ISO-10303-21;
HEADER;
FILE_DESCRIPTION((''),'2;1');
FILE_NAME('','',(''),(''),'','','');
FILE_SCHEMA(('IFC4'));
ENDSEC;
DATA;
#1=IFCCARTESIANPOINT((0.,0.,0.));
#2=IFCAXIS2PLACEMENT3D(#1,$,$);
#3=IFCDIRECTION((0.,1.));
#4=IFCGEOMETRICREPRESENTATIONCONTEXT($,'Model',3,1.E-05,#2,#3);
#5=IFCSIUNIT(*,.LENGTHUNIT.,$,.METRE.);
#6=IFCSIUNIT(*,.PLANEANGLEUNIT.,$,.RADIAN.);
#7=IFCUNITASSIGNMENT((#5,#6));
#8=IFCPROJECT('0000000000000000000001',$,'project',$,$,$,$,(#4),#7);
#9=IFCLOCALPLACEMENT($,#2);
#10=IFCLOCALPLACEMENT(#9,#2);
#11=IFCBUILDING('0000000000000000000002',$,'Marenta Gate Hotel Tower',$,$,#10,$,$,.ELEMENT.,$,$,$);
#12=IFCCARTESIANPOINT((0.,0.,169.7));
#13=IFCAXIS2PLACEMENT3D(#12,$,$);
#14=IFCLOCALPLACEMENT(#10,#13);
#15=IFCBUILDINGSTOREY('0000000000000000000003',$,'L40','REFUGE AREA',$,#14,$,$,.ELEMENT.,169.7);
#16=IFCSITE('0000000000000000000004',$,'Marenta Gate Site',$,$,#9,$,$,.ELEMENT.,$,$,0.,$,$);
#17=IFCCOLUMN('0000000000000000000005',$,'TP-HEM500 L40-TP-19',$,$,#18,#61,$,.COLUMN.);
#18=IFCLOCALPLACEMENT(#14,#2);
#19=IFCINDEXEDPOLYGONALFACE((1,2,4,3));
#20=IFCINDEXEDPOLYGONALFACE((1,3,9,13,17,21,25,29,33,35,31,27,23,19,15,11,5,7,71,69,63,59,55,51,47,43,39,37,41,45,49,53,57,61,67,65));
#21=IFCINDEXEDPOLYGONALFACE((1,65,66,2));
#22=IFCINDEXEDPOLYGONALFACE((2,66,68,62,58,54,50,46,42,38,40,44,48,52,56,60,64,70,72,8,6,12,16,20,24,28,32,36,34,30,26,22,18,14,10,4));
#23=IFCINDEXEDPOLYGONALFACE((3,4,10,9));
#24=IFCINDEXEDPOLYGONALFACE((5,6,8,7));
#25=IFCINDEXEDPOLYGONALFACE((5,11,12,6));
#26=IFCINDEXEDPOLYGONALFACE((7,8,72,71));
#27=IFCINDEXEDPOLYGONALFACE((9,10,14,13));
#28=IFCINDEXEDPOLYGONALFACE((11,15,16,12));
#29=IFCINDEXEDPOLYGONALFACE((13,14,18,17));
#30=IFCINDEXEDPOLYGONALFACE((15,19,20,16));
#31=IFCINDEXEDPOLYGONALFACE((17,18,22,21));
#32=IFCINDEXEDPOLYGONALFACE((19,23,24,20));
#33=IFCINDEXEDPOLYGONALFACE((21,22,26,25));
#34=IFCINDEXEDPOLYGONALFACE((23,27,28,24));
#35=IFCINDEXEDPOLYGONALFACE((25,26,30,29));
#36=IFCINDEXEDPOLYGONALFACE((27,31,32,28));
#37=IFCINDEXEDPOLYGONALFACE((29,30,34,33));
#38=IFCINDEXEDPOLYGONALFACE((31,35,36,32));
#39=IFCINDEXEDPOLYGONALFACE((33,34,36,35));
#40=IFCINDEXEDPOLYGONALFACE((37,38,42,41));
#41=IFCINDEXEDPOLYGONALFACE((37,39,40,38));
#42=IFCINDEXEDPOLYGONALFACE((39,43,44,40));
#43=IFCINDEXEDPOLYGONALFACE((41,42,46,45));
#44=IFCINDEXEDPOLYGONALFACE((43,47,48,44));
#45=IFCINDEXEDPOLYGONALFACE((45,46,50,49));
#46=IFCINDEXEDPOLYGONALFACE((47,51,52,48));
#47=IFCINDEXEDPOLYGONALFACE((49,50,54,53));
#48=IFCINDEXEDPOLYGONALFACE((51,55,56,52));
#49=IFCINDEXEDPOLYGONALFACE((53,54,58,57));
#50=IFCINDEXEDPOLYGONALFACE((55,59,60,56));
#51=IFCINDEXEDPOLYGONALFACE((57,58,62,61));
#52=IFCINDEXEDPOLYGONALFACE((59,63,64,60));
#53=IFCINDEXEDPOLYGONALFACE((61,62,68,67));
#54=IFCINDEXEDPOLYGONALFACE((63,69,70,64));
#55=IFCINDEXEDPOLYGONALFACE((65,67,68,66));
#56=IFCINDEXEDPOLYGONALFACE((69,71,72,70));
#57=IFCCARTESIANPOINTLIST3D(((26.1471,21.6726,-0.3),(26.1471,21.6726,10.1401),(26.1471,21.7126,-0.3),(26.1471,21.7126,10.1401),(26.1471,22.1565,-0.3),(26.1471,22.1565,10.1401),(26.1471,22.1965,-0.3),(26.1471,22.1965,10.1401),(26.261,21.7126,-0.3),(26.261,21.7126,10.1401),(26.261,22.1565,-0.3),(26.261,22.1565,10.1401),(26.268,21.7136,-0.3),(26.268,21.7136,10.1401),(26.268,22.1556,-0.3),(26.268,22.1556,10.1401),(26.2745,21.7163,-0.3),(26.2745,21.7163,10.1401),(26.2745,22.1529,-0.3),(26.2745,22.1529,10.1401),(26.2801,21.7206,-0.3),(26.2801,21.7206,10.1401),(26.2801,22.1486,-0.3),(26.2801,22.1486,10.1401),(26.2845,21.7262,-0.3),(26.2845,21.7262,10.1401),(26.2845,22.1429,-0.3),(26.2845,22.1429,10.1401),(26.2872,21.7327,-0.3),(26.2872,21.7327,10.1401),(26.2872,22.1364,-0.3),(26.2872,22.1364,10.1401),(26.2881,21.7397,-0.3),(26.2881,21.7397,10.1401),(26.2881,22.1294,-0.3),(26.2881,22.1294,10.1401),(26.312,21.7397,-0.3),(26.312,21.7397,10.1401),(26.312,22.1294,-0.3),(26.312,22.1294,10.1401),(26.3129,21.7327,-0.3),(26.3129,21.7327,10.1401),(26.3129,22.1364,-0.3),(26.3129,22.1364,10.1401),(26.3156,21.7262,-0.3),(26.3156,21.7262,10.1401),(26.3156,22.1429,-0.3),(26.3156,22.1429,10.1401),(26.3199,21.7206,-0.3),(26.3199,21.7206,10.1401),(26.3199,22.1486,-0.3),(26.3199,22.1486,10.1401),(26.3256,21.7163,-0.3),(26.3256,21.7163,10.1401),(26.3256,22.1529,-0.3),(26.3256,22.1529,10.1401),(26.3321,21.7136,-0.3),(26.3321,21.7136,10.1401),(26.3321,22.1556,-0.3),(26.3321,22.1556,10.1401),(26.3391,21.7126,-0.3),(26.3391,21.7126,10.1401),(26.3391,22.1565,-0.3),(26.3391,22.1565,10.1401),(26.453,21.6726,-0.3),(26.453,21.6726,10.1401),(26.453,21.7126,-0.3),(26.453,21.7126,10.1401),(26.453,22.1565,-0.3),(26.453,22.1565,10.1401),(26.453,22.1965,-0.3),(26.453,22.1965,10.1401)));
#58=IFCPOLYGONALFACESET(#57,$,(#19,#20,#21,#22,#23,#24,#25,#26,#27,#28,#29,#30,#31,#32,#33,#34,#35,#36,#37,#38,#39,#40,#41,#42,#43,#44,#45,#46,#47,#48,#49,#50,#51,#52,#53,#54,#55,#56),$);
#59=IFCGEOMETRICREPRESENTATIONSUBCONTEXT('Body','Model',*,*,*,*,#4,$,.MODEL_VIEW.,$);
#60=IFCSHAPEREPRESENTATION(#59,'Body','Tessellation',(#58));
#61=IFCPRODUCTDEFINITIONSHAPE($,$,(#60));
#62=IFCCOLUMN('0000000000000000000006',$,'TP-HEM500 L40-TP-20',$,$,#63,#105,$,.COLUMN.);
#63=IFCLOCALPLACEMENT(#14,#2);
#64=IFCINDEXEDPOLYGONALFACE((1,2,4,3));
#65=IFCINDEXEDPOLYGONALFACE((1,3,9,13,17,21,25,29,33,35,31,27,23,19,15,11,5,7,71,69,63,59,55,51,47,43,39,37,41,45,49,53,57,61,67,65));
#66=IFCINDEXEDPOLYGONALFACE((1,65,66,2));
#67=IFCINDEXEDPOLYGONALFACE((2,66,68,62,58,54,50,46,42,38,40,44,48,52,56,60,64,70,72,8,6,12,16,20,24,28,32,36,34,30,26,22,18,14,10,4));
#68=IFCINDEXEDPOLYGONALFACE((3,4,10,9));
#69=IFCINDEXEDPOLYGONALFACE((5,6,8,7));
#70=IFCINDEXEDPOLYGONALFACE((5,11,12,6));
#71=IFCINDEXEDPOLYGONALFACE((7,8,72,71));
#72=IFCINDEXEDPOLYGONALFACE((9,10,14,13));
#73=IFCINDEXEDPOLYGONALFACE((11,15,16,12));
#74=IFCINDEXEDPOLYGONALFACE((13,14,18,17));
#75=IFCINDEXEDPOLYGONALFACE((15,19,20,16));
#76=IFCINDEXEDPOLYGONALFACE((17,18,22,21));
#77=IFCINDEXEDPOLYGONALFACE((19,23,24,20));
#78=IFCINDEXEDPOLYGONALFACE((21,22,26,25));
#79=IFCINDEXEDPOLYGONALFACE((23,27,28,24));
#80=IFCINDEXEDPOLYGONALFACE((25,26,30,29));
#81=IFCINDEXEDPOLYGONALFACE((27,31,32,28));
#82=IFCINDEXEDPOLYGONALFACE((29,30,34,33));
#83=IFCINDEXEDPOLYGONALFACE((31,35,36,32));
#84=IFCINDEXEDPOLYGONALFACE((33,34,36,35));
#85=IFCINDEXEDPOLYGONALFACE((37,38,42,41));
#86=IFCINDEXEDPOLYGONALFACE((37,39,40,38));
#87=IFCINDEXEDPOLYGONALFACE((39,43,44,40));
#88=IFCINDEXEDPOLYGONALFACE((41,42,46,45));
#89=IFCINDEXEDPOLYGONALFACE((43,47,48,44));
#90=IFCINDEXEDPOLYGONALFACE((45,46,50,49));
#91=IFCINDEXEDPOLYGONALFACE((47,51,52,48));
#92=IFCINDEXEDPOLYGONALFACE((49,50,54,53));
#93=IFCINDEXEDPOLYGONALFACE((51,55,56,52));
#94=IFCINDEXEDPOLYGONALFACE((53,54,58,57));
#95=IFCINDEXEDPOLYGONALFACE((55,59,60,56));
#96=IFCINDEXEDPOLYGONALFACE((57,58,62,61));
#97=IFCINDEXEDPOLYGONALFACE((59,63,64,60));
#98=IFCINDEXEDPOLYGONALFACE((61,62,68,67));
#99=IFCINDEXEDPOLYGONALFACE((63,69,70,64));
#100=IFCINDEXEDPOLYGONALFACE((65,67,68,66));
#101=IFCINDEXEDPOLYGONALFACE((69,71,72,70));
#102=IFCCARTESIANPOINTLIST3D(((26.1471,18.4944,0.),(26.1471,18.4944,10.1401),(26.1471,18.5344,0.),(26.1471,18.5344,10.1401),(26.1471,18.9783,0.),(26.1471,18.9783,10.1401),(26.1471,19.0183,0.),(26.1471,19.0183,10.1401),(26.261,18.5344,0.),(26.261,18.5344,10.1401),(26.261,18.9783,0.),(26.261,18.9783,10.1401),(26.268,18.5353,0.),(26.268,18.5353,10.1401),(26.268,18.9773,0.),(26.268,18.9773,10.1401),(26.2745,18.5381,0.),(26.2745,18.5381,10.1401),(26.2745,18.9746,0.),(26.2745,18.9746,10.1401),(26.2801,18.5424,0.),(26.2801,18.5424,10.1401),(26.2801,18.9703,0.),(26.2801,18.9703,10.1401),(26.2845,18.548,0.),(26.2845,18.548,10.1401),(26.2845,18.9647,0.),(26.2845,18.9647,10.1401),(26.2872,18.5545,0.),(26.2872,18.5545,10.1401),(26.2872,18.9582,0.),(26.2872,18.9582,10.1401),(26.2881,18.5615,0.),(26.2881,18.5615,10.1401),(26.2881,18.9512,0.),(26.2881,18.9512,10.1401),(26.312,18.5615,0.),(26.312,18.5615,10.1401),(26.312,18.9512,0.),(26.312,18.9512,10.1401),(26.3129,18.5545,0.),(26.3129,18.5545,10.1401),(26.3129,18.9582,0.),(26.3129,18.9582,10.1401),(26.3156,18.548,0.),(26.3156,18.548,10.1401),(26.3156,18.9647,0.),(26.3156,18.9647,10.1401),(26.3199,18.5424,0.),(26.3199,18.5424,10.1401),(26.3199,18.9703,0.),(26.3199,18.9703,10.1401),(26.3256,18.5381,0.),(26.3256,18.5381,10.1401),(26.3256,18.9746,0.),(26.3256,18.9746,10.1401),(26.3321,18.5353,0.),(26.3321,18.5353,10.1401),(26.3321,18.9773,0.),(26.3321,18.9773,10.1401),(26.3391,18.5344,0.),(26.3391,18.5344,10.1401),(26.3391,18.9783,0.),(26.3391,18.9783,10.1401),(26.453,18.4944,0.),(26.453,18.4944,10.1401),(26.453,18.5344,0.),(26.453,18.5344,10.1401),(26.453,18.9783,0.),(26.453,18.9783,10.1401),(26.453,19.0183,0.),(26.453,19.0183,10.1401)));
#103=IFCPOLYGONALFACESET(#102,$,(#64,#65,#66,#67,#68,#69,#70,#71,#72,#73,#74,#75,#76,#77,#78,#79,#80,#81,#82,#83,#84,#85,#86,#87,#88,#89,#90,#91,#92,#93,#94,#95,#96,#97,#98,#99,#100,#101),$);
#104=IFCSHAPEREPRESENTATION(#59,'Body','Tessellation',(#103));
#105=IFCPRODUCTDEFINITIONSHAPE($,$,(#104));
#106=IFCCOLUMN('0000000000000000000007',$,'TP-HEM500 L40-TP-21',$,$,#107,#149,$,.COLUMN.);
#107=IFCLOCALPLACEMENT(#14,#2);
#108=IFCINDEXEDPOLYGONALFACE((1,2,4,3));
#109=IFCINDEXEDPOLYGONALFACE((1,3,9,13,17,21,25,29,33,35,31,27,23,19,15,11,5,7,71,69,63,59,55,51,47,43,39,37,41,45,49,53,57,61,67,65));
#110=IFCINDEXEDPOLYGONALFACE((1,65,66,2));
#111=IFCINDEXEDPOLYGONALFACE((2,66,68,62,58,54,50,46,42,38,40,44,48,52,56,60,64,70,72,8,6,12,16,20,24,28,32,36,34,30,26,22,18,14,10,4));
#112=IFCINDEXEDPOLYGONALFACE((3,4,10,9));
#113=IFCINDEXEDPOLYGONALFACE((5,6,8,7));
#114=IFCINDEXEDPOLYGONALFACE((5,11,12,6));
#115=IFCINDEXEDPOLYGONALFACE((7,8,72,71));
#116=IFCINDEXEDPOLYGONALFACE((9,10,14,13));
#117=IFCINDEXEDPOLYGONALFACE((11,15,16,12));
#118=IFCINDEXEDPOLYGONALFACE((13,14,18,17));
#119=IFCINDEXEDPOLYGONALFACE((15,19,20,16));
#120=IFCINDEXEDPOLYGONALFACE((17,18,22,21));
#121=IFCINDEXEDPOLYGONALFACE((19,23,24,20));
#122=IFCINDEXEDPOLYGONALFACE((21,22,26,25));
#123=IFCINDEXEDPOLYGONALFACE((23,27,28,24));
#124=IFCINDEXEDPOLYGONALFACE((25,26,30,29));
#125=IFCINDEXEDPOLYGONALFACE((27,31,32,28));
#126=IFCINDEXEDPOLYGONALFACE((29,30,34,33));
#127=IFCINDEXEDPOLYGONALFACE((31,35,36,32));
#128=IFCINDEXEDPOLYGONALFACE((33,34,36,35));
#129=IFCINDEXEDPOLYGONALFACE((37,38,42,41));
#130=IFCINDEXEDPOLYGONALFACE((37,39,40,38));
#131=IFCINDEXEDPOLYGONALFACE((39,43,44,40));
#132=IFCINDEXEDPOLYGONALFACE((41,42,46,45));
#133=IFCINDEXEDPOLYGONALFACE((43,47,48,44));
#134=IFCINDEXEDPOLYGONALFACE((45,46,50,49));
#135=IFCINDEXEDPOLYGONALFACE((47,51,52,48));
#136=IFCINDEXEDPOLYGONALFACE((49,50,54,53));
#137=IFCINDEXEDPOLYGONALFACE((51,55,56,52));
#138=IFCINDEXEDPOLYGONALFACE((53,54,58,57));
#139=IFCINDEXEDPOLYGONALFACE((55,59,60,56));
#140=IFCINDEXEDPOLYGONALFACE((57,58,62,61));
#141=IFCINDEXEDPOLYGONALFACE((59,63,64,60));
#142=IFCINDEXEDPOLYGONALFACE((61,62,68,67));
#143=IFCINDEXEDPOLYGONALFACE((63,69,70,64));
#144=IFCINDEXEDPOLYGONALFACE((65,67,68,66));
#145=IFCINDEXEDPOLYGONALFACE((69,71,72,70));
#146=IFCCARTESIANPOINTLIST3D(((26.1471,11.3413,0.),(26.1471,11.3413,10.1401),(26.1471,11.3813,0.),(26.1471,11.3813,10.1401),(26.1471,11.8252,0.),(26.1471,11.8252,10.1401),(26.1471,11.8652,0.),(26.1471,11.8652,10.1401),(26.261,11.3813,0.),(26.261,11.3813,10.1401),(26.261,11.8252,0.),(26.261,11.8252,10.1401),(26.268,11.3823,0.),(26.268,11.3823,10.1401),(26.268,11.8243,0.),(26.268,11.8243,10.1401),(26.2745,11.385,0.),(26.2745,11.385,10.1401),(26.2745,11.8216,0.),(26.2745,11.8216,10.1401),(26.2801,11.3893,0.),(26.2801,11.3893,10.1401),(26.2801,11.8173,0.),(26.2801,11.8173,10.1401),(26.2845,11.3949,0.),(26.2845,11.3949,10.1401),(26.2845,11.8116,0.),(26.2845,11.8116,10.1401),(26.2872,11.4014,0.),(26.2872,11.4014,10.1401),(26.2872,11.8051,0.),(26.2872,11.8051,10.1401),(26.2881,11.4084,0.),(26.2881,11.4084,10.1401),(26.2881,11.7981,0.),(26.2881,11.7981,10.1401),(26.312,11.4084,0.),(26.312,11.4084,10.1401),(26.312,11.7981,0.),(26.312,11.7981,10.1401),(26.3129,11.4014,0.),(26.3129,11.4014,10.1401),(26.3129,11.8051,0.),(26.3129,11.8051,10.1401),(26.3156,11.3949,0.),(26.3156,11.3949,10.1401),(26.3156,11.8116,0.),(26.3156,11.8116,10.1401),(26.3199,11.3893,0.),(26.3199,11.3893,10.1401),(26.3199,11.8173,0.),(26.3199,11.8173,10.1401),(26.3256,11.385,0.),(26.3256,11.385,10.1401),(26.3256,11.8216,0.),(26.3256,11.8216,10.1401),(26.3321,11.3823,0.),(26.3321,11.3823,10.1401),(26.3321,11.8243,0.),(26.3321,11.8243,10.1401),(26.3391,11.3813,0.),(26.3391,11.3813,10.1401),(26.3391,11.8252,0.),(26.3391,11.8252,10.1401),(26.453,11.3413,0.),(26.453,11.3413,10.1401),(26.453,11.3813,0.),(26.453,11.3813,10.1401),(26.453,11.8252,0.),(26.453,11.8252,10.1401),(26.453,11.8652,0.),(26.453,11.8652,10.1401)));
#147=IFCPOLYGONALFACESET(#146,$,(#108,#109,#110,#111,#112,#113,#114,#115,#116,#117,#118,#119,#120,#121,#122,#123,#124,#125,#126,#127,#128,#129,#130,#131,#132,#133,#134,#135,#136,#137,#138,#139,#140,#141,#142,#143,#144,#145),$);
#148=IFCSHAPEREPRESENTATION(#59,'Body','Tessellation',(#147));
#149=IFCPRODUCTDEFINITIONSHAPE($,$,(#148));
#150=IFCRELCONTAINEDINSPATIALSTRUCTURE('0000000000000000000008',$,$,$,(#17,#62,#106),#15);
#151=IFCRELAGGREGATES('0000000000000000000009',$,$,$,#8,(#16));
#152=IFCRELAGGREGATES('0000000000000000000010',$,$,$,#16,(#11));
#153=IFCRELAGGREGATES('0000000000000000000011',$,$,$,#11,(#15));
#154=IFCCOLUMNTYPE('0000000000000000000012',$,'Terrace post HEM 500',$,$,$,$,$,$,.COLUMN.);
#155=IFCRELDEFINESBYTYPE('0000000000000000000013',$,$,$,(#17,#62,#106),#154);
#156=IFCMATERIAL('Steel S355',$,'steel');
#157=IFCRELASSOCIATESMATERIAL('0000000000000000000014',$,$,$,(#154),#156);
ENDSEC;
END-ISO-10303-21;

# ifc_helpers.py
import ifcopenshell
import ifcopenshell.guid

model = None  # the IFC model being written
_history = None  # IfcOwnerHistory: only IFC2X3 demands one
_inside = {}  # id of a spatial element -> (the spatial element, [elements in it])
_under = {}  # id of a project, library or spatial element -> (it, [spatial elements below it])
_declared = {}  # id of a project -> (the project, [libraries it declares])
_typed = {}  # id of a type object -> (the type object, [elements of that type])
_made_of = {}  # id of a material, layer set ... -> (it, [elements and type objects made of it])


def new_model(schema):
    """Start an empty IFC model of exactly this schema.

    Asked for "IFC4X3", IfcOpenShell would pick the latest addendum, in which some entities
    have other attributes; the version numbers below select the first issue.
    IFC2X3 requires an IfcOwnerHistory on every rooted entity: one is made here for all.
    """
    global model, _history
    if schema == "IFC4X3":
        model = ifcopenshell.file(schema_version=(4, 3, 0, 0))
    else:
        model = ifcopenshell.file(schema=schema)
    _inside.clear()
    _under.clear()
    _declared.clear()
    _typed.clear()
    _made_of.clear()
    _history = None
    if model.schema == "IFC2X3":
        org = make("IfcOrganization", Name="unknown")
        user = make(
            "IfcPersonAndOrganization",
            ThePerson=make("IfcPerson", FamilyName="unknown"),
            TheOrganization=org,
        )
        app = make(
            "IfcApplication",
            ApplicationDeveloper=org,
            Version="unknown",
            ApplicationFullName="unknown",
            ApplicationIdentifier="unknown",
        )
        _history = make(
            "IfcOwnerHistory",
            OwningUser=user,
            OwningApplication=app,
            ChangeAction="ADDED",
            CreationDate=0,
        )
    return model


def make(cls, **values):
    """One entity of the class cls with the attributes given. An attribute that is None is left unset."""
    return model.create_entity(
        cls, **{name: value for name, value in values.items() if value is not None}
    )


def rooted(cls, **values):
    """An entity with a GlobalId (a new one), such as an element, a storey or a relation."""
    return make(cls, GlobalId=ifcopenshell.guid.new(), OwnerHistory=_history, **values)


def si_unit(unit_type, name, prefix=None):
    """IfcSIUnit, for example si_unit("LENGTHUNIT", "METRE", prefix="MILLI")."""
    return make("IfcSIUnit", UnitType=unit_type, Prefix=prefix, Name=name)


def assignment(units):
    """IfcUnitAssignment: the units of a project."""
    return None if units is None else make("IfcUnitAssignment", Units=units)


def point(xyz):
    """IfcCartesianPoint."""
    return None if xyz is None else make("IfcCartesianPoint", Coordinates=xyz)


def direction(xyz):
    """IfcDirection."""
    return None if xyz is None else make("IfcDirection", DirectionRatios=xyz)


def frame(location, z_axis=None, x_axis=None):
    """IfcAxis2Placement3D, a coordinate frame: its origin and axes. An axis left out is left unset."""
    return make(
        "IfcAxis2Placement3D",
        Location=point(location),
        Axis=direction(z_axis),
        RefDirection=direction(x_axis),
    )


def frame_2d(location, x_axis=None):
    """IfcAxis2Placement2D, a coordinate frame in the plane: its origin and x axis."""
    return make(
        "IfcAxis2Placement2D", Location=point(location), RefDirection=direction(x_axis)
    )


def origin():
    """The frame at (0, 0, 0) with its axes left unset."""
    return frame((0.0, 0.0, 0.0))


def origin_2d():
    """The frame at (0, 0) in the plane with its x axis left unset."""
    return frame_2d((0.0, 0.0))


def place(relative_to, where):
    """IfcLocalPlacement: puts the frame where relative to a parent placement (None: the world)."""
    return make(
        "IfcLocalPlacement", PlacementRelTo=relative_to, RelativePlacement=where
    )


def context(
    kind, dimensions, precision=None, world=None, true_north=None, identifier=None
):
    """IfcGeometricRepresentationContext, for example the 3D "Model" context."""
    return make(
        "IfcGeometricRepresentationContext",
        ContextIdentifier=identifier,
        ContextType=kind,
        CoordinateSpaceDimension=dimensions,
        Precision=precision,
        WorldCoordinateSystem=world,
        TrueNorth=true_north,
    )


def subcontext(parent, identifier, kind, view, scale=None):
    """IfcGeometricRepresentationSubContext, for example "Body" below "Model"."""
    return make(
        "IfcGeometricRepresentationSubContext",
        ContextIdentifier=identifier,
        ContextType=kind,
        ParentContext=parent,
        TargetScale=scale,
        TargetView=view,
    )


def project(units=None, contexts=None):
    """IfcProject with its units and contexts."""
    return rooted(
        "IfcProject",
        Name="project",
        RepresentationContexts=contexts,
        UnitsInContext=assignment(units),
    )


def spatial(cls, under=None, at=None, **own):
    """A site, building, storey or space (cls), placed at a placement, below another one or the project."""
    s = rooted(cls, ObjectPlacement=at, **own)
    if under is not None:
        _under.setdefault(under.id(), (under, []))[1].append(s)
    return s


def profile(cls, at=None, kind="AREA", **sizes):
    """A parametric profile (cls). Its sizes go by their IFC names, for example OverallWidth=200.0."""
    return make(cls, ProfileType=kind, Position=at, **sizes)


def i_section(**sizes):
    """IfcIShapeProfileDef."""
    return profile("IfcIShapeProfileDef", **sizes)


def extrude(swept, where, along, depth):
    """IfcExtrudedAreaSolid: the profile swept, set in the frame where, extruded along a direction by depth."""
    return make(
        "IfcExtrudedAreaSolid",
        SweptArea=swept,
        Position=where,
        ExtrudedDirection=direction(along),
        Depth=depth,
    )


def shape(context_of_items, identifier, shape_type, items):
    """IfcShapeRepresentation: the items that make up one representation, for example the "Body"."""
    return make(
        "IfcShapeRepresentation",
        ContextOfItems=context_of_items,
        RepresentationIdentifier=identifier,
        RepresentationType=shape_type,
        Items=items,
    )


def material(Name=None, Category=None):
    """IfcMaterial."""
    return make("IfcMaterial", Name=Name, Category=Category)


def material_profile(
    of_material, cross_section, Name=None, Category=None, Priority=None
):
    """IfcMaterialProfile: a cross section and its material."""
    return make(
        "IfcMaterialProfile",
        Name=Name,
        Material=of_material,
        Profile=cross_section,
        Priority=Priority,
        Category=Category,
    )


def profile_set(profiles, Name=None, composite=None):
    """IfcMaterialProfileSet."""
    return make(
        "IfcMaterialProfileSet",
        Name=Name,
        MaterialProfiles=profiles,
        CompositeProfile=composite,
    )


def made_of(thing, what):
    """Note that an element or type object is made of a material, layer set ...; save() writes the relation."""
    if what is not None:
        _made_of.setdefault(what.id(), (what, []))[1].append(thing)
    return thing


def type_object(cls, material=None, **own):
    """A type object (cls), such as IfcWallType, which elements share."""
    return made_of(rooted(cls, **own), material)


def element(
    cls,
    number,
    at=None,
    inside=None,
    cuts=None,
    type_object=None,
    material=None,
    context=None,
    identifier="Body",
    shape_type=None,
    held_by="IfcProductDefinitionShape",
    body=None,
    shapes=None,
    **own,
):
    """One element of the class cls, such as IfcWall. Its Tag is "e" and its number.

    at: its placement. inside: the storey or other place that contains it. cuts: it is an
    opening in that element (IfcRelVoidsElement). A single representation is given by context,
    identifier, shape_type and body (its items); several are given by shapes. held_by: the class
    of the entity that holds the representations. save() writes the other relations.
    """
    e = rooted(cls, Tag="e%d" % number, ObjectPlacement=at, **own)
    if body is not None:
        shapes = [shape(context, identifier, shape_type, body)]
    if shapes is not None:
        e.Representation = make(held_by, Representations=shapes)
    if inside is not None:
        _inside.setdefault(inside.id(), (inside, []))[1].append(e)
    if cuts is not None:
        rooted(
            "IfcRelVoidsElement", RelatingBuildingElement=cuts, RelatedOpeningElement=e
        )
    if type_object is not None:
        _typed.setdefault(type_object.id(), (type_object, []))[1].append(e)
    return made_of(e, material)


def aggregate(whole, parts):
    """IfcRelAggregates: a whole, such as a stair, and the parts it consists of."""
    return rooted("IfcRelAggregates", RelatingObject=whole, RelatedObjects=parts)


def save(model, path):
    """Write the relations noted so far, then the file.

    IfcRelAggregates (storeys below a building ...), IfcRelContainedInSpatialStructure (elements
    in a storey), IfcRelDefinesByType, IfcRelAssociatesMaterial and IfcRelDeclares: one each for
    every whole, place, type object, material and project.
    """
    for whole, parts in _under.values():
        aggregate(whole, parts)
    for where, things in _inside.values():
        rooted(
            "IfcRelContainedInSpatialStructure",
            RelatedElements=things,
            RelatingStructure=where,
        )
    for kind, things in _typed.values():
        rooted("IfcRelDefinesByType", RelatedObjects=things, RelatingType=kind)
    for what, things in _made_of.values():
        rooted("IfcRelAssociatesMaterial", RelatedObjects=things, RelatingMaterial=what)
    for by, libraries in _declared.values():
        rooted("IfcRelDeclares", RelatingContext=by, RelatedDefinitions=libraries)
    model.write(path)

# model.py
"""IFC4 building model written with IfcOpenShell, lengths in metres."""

from ifc_helpers import new_model, si_unit, direction, frame, origin, origin_2d, place, context, subcontext, project, spatial, i_section, extrude, material, material_profile, profile_set, type_object, element, save


model = new_model("IFC4")

# Units and contexts
model_context = context("Model", 3, precision=1e-05, world=origin(), true_north=direction((0.0, 1.0)))
body_context = subcontext(model_context, "Body", "Model", "MODEL_VIEW")
ifc_project = project(units=[si_unit("LENGTHUNIT", "METRE"), si_unit("PLANEANGLEUNIT", "RADIAN")], contexts=[model_context])

# Site, building, storey
site_placement = place(None, origin())
site = spatial("IfcSite", under=ifc_project, at=site_placement, Name="Marenta Gate Site", CompositionType="ELEMENT", RefElevation=0.0)
building_placement = place(site_placement, origin())
building = spatial("IfcBuilding", under=site, at=building_placement, Name="Marenta Gate Hotel Tower", CompositionType="ELEMENT")
storey_placement = place(building_placement, frame((0.0, 0.0, 169.7)))
storey = spatial("IfcBuildingStorey", under=building, at=storey_placement, Name="L40", Description="REFUGE AREA", CompositionType="ELEMENT", Elevation=169.7)

# Columns
ifc_material_1 = material(Name="Steel S355", Category="steel")
ifc_material_profile_1 = material_profile(ifc_material_1, i_section(OverallWidth=0.3059, OverallDepth=0.5239, WebThickness=0.0239, FlangeThickness=0.04, FilletRadius=0.0271, at=origin_2d()), Name="HEM 500")
ifc_profile_set_1 = profile_set([ifc_material_profile_1], Name="Steel S355")
column_type = type_object("IfcColumnType", Name="Terrace post HEM 500", PredefinedType="COLUMN", material=ifc_profile_set_1)
column_placement = place(storey_placement, frame((26.3, 21.9346, -0.3), z_axis=(0.0, 0.0, 1.0), x_axis=(1.0, 0.0, 0.0)))
element("IfcColumn", 1, at=column_placement, inside=storey, type_object=column_type, Name="TP-HEM500 L40-TP-19", PredefinedType="COLUMN", context=body_context, shape_type="SweptSolid", body=[
    extrude(i_section(OverallWidth=0.3059, OverallDepth=0.5239, WebThickness=0.0239, FlangeThickness=0.04, FilletRadius=0.0271, at=origin_2d()), origin(), (0.0, 0.0, 1.0), 10.4402),
])
for number, where, z_axis, x_axis, name in (
    (2, (26.3, 18.7563, 0.0), (0.0, 0.0, 1.0), (1.0, 0.0, 0.0), "TP-HEM500 L40-TP-20"),
    (3, (26.3, 11.6033, 0.0), (0.0, 0.0, 1.0), (1.0, 0.0, 0.0), "TP-HEM500 L40-TP-21"),
):
    element("IfcColumn", number, at=place(storey_placement, frame(where, z_axis=z_axis, x_axis=x_axis)), inside=storey, type_object=column_type, Name=name, PredefinedType="COLUMN", context=body_context, shape_type="SweptSolid", body=[
        extrude(i_section(OverallWidth=0.3059, OverallDepth=0.5239, WebThickness=0.0239, FlangeThickness=0.04, FilletRadius=0.0271, at=origin_2d()), origin(), (0.0, 0.0, 1.0), 10.1401),
    ])

save(model, "model.ifc")
